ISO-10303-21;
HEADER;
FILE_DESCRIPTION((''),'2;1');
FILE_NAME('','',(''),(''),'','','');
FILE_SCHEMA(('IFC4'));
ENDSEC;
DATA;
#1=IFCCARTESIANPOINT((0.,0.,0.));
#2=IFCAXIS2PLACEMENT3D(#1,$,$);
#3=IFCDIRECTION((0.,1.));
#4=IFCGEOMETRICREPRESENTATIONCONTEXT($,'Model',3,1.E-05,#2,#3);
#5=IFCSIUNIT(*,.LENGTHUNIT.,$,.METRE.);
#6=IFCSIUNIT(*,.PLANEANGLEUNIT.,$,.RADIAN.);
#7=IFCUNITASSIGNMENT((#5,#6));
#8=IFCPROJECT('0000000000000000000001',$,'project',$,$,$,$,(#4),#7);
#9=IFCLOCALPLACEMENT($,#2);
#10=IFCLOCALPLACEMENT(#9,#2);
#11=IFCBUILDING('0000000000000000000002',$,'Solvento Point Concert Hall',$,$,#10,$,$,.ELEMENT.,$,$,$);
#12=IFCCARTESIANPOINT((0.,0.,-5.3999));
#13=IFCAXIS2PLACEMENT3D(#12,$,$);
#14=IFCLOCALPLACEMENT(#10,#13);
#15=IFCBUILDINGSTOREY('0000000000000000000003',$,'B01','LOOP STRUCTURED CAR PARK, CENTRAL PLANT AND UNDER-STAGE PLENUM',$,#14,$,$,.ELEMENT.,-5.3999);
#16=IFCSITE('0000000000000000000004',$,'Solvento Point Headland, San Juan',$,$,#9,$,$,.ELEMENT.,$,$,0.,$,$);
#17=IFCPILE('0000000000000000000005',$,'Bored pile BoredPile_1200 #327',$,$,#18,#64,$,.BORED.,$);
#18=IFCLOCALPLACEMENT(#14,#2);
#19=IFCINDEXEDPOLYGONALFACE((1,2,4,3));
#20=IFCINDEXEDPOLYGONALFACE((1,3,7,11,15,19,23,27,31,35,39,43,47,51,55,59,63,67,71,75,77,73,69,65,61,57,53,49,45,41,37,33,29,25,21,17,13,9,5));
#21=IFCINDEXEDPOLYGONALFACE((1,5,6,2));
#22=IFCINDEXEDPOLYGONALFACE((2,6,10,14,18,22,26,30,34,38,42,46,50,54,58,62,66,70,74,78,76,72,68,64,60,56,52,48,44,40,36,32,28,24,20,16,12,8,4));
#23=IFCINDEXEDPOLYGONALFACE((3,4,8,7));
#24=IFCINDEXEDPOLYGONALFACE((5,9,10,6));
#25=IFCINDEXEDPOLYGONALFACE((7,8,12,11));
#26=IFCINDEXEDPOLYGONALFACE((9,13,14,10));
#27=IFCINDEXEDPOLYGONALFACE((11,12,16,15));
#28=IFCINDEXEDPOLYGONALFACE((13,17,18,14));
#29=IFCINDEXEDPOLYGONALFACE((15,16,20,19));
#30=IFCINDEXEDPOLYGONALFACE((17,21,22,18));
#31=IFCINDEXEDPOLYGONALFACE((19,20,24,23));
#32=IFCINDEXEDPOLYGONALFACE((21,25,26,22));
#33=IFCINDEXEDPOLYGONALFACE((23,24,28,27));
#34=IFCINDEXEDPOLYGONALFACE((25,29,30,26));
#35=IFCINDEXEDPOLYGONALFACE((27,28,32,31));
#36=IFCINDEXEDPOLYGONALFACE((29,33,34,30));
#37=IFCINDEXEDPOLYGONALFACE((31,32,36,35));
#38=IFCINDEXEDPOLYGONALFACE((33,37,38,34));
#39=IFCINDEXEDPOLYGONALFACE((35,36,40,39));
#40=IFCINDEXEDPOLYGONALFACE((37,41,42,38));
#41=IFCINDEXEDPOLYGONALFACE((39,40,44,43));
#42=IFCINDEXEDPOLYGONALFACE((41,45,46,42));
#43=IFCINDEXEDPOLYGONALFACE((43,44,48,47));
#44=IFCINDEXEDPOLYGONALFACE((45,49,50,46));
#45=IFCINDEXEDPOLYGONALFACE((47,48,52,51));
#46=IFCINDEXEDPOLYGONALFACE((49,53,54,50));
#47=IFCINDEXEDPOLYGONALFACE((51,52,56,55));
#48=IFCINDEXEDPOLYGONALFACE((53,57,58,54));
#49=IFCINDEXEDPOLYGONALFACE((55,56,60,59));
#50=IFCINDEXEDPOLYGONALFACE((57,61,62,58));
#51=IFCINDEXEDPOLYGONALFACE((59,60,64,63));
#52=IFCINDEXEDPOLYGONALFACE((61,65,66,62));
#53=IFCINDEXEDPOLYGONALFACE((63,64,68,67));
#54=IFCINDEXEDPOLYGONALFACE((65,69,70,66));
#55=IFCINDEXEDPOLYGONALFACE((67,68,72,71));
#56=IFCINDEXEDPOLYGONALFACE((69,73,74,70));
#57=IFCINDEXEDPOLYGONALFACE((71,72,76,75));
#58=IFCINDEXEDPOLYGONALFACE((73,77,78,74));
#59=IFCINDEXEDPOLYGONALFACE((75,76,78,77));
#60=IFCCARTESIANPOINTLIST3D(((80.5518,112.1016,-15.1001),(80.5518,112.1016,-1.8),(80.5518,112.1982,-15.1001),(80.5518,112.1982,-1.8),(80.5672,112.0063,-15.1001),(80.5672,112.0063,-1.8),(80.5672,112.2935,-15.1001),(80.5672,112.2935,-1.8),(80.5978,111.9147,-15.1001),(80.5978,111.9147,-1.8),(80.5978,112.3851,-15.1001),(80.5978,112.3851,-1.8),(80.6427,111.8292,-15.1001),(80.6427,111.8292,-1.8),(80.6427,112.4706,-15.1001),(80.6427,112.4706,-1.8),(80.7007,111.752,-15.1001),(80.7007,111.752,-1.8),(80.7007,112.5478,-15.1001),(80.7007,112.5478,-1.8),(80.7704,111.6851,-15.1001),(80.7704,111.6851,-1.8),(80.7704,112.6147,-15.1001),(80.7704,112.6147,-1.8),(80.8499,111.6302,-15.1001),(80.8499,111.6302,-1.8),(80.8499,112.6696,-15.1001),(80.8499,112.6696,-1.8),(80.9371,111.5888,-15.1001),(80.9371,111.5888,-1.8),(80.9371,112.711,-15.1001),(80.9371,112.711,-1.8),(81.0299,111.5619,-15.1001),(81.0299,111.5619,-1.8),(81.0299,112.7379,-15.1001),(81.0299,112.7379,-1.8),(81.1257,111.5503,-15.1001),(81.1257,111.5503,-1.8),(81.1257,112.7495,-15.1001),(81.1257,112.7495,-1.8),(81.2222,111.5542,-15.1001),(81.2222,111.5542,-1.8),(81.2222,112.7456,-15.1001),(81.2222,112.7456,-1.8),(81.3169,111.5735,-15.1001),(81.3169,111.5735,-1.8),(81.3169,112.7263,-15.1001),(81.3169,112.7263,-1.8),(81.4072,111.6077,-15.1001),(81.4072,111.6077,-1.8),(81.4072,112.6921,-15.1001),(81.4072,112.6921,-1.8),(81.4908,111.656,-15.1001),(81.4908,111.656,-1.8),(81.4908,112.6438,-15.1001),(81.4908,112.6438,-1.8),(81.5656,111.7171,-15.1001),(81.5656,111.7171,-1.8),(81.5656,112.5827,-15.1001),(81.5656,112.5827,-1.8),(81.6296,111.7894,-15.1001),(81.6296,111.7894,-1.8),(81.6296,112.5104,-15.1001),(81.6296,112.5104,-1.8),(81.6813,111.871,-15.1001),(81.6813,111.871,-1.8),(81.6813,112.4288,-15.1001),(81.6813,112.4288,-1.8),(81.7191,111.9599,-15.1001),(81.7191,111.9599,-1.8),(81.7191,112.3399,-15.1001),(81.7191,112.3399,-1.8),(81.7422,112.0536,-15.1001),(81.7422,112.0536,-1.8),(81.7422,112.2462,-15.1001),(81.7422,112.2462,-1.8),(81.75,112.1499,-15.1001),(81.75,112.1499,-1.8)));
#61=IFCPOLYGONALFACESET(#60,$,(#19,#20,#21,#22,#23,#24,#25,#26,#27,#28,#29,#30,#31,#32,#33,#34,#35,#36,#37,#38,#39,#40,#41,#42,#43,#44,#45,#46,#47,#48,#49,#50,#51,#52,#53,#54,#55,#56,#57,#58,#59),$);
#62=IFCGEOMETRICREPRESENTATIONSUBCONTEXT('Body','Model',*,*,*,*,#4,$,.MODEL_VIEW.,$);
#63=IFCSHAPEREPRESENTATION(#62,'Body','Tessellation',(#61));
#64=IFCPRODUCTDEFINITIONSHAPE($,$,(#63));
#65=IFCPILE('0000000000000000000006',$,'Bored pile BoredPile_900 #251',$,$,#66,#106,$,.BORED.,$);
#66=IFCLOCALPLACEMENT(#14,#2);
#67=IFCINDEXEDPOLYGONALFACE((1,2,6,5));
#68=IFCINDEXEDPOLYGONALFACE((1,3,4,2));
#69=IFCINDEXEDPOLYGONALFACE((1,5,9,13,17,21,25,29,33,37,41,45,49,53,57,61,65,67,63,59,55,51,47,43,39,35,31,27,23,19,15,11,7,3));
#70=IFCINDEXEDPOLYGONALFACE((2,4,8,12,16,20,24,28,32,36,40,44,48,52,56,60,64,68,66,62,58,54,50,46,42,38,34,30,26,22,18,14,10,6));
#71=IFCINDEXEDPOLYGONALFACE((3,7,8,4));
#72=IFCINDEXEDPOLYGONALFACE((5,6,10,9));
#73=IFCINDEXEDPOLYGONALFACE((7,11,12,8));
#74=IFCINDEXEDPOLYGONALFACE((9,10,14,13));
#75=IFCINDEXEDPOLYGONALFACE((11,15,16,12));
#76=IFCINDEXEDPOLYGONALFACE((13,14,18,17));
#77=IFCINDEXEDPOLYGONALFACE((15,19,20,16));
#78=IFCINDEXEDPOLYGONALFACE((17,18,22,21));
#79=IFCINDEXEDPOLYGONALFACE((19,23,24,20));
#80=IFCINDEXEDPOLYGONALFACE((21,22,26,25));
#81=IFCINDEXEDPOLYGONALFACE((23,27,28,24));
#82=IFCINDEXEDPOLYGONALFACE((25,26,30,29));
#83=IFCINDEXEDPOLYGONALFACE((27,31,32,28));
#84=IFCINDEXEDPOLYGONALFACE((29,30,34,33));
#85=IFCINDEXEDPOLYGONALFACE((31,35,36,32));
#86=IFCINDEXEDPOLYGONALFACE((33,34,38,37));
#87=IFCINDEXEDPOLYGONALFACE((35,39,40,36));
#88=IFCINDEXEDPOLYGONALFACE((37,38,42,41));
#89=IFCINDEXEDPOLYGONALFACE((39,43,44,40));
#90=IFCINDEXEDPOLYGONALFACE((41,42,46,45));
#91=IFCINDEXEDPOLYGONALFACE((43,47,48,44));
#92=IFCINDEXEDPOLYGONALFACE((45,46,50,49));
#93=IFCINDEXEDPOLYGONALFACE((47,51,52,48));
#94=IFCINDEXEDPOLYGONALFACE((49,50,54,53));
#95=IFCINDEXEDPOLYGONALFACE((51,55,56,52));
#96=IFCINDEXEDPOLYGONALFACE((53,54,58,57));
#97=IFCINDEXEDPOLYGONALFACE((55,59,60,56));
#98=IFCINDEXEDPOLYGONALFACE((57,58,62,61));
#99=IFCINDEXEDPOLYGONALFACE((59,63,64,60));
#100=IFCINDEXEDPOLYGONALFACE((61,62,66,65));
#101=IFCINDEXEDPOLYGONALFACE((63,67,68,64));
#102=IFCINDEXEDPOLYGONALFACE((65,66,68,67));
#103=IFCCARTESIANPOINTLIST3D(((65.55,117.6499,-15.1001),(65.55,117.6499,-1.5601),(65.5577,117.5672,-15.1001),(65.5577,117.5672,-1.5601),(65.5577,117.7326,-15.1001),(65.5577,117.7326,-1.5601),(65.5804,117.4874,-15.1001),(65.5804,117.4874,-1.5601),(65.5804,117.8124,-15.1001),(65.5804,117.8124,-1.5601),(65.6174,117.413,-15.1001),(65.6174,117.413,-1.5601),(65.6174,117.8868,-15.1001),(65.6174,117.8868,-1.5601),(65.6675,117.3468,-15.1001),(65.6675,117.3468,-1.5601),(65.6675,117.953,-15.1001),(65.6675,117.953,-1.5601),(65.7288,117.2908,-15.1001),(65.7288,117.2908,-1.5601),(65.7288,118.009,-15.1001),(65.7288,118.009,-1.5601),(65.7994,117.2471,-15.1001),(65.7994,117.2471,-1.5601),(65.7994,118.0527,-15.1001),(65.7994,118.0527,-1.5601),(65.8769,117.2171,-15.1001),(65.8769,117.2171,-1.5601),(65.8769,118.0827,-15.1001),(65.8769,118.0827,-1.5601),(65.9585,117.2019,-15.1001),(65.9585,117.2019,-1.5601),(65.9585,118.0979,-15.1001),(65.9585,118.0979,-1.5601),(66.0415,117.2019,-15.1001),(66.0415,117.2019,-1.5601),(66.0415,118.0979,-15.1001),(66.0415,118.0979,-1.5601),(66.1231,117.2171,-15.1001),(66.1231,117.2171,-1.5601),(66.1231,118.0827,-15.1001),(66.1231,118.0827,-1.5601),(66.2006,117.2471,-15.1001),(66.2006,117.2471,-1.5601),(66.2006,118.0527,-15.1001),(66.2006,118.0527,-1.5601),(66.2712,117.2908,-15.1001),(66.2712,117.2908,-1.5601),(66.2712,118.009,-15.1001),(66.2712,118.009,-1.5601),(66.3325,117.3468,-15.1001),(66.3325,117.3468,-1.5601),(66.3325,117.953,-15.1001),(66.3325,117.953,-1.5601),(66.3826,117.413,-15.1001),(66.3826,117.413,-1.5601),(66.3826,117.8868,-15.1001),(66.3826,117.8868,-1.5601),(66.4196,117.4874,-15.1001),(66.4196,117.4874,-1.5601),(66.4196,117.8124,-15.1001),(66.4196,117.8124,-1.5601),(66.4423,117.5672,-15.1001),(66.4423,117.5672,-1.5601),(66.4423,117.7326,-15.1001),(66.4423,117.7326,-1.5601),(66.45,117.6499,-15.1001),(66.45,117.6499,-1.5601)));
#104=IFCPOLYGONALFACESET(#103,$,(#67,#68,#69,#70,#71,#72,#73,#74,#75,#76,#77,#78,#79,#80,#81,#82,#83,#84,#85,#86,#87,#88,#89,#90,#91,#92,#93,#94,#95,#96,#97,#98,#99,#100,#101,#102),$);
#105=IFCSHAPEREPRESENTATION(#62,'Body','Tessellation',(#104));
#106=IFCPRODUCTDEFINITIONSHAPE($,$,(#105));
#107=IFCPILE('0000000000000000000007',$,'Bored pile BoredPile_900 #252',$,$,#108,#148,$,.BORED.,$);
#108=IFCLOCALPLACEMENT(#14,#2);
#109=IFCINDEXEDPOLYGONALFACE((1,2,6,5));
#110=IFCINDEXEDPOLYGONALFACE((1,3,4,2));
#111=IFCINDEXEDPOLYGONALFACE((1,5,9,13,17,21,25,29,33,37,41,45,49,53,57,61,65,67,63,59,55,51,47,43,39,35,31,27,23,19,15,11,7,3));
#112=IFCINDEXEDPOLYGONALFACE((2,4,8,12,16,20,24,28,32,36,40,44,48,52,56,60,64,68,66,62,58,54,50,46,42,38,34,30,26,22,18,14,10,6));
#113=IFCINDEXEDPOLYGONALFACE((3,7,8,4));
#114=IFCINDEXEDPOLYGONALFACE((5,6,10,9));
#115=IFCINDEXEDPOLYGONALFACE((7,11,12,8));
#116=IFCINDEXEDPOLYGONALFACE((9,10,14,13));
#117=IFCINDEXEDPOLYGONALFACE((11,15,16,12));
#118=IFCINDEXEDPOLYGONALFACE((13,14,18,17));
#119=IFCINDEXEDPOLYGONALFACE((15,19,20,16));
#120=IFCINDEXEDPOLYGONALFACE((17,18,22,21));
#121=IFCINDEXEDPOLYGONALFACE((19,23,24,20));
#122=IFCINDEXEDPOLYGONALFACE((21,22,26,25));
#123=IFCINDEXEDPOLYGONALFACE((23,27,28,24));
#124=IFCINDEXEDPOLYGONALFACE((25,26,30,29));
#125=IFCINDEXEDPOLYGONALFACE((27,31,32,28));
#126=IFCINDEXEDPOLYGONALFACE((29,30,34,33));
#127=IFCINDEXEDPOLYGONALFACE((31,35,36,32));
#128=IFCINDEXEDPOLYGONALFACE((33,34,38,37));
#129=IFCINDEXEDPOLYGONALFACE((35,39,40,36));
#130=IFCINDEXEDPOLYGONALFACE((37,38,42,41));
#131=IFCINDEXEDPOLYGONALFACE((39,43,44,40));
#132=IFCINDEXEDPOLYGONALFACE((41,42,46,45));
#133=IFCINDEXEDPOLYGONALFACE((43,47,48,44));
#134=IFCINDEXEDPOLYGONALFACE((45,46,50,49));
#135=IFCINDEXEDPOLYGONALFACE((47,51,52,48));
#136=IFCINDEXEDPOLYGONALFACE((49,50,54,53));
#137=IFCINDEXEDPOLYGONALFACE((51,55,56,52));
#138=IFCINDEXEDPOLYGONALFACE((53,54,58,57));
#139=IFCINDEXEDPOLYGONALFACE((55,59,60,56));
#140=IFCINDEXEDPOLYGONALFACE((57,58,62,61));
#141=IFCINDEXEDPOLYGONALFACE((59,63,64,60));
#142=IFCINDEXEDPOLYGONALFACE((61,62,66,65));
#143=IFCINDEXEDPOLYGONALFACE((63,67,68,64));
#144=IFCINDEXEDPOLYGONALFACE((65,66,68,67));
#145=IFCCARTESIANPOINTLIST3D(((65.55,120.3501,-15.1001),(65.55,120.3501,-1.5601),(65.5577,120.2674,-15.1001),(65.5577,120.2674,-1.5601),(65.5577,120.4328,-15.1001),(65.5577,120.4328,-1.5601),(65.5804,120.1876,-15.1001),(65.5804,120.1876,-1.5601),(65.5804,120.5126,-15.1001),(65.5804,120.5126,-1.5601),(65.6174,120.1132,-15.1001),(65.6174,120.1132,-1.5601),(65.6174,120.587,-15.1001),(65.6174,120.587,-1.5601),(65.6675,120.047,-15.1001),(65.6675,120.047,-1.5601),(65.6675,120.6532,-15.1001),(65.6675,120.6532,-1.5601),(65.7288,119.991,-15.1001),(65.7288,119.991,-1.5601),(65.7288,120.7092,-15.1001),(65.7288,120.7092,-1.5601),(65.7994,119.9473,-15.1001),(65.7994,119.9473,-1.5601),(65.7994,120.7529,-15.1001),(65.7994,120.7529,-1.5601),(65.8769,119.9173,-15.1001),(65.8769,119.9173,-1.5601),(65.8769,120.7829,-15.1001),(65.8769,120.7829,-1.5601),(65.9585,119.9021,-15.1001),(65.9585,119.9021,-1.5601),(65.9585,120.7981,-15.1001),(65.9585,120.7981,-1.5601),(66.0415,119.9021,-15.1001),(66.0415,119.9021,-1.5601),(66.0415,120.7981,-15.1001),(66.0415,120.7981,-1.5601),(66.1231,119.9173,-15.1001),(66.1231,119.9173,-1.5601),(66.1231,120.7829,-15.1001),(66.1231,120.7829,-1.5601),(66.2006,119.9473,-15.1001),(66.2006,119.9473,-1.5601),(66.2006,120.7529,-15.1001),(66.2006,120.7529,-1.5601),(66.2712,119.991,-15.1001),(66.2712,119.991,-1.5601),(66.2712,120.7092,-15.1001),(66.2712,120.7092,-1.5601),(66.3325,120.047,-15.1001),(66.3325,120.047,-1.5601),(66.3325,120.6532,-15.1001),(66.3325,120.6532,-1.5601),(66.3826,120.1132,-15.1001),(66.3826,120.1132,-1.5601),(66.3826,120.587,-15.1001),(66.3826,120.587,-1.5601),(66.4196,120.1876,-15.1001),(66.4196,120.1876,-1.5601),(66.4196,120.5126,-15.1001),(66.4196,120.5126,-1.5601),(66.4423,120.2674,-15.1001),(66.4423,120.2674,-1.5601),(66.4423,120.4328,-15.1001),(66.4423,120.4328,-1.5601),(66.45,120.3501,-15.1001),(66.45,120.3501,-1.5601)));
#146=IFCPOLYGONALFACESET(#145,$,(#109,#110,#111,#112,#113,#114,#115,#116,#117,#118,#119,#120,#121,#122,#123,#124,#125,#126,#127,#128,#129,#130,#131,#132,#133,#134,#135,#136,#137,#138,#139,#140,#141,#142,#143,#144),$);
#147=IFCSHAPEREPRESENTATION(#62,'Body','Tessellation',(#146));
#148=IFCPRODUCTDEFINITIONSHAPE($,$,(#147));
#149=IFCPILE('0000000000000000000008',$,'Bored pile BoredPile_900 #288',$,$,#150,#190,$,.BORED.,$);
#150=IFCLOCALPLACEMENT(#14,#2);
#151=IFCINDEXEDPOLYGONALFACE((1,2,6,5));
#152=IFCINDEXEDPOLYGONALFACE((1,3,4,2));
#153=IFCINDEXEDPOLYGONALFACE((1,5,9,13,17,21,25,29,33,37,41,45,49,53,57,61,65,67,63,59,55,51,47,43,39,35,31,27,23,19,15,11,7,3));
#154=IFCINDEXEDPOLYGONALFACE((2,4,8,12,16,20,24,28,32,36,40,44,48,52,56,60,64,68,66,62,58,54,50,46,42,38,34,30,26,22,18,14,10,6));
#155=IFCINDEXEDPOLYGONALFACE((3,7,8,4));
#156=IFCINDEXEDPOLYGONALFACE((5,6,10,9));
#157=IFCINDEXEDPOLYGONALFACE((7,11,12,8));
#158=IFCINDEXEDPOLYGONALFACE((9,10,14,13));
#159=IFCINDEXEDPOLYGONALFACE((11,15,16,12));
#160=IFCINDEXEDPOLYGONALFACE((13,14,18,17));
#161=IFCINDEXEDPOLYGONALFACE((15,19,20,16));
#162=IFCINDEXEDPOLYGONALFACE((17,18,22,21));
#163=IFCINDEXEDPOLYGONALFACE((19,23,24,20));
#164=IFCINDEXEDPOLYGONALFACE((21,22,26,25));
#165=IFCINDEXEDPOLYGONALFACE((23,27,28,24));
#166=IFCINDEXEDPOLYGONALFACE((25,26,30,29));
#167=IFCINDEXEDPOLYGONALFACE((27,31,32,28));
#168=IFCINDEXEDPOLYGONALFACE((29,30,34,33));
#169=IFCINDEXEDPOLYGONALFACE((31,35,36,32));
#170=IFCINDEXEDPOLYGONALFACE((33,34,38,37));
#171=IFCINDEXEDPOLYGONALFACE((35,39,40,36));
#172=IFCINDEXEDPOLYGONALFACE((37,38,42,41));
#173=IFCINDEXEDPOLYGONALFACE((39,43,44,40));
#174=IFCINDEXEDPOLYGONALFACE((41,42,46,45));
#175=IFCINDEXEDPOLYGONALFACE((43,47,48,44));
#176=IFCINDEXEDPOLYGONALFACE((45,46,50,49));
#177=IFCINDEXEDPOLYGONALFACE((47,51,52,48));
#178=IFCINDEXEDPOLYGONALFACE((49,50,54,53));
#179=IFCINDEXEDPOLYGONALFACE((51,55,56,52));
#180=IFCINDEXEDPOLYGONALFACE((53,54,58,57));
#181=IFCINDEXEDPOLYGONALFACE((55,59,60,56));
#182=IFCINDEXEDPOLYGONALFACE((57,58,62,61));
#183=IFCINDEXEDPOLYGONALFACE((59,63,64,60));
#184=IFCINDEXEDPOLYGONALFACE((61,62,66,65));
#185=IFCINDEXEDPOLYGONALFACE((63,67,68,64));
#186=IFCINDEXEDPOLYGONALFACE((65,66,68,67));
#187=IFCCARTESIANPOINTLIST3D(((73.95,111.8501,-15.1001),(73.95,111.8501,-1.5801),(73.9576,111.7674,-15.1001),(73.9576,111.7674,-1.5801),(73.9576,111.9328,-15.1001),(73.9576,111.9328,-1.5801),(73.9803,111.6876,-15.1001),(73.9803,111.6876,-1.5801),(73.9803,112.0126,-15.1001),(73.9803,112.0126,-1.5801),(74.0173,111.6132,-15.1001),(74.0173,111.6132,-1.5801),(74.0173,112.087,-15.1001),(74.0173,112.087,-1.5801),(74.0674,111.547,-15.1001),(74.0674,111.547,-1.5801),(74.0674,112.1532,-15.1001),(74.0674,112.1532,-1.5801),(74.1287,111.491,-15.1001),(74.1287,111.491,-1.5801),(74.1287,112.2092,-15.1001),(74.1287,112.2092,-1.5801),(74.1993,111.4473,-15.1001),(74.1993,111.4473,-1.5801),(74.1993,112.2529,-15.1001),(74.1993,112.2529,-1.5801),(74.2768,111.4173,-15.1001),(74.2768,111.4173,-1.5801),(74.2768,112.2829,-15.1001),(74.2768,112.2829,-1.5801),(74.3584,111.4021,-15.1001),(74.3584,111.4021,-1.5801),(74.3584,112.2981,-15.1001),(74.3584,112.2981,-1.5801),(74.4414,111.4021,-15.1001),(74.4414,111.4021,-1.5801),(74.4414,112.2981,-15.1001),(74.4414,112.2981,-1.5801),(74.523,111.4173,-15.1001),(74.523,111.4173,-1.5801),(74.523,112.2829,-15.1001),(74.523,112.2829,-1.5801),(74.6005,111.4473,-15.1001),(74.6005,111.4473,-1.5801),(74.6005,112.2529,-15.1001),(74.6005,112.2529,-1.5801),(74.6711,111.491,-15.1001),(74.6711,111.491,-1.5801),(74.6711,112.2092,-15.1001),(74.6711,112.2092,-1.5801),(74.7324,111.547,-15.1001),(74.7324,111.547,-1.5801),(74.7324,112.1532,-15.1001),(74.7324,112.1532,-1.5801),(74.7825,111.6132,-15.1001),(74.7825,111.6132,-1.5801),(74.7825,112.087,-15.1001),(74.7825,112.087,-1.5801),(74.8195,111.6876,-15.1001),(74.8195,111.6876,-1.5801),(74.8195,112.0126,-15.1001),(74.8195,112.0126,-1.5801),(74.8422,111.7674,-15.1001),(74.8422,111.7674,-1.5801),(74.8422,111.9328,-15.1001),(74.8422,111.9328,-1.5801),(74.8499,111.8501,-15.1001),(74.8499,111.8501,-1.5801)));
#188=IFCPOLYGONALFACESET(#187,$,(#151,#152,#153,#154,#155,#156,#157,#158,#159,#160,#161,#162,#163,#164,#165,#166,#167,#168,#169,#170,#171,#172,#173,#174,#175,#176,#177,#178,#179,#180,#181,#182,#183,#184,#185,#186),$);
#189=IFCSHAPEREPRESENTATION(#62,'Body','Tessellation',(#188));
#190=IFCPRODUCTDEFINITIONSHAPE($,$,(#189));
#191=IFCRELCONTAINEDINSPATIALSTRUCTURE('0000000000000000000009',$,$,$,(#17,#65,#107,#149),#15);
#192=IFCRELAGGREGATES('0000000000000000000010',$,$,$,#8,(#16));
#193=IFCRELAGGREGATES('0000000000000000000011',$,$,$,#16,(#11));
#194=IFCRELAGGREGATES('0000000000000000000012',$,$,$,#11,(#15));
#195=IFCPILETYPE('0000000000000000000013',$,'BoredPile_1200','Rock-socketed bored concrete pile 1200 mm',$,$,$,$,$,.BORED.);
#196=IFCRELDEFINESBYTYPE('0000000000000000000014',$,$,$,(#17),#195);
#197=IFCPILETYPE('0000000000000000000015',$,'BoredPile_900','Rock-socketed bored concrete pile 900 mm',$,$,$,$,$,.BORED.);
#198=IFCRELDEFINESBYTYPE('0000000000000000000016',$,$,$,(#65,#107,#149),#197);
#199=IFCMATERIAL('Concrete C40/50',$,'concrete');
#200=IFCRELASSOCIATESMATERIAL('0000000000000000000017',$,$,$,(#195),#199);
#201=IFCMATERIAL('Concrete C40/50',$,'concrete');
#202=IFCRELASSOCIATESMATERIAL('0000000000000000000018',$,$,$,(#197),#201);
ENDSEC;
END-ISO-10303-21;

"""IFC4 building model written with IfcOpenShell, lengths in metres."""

from ifc_helpers import new_model, si_unit, direction, frame, origin, origin_2d, place, context, subcontext, project, spatial, circle, extrude, material, material_profile, profile_set, type_object, element, save


model = new_model("IFC4")

# Units and contexts
model_context = context("Model", 3, precision=1e-05, world=origin(), true_north=direction((0.0, 1.0)))
body_context = subcontext(model_context, "Body", "Model", "MODEL_VIEW")
ifc_project = project(units=[si_unit("LENGTHUNIT", "METRE"), si_unit("PLANEANGLEUNIT", "RADIAN")], contexts=[model_context])

# Site, building, storey
site_placement = place(None, origin())
site = spatial("IfcSite", under=ifc_project, at=site_placement, Name="Solvento Point Headland, San Juan", CompositionType="ELEMENT", RefElevation=0.0)
building_placement = place(site_placement, origin())
building = spatial("IfcBuilding", under=site, at=building_placement, Name="Solvento Point Concert Hall", CompositionType="ELEMENT")
storey_placement = place(building_placement, frame((0.0, 0.0, -5.3999)))
storey = spatial("IfcBuildingStorey", under=building, at=storey_placement, Name="B01", Description="LOOP STRUCTURED CAR PARK, CENTRAL PLANT AND UNDER-STAGE PLENUM", CompositionType="ELEMENT", Elevation=-5.3999)

# Piles
ifc_material_1 = material(Name="Concrete C40/50", Category="concrete")
ifc_material_profile_1 = material_profile(ifc_material_1, circle(Radius=0.6001, at=origin_2d()), Name="BP-1200")
ifc_profile_set_1 = profile_set([ifc_material_profile_1], Name="Concrete C40/50")
pile_type_1 = type_object("IfcPileType", Name="BoredPile_1200", Description="Rock-socketed bored concrete pile 1200 mm", PredefinedType="BORED", material=ifc_profile_set_1)
for number, where, z_axis, x_axis, name in (
    (1, (81.1499, 112.1499, -1.8), (0.0, 0.0, -1.0), (1.0, 0.0, 0.0), "Bored pile BoredPile_1200 #327"),
):
    element("IfcPile", number, at=place(storey_placement, frame(where, z_axis=z_axis, x_axis=x_axis)), inside=storey, type_object=pile_type_1, Name=name, PredefinedType="BORED", context=body_context, shape_type="SweptSolid", body=[
        extrude(circle(Radius=0.6001, at=origin_2d()), origin(), (0.0, 0.0, 1.0), 13.3),
    ])
ifc_material_2 = material(Name="Concrete C40/50", Category="concrete")
ifc_material_profile_2 = material_profile(ifc_material_2, circle(Radius=0.45, at=origin_2d()), Name="BP-900")
ifc_profile_set_2 = profile_set([ifc_material_profile_2], Name="Concrete C40/50")
pile_type_2 = type_object("IfcPileType", Name="BoredPile_900", Description="Rock-socketed bored concrete pile 900 mm", PredefinedType="BORED", material=ifc_profile_set_2)
for number, where, z_axis, x_axis, name in (
    (2, (66.0, 117.6499, -1.5601), (0.0, 0.0, -1.0), (1.0, 0.0, 0.0), "Bored pile BoredPile_900 #251"),
    (3, (66.0, 120.3501, -1.5601), (0.0, 0.0, -1.0), (1.0, 0.0, 0.0), "Bored pile BoredPile_900 #252"),
):
    element("IfcPile", number, at=place(storey_placement, frame(where, z_axis=z_axis, x_axis=x_axis)), inside=storey, type_object=pile_type_2, Name=name, PredefinedType="BORED", context=body_context, shape_type="SweptSolid", body=[
        extrude(circle(Radius=0.45, at=origin_2d()), origin(), (0.0, 0.0, 1.0), 13.54),
    ])
pile_placement = place(storey_placement, frame((74.3999, 111.8501, -1.5801), z_axis=(0.0, 0.0, -1.0), x_axis=(1.0, 0.0, 0.0)))
element("IfcPile", 4, at=pile_placement, inside=storey, type_object=pile_type_2, Name="Bored pile BoredPile_900 #288", PredefinedType="BORED", context=body_context, shape_type="SweptSolid", body=[
    extrude(circle(Radius=0.45, at=origin_2d()), origin(), (0.0, 0.0, 1.0), 13.52),
])

save(model, "model.ifc")
